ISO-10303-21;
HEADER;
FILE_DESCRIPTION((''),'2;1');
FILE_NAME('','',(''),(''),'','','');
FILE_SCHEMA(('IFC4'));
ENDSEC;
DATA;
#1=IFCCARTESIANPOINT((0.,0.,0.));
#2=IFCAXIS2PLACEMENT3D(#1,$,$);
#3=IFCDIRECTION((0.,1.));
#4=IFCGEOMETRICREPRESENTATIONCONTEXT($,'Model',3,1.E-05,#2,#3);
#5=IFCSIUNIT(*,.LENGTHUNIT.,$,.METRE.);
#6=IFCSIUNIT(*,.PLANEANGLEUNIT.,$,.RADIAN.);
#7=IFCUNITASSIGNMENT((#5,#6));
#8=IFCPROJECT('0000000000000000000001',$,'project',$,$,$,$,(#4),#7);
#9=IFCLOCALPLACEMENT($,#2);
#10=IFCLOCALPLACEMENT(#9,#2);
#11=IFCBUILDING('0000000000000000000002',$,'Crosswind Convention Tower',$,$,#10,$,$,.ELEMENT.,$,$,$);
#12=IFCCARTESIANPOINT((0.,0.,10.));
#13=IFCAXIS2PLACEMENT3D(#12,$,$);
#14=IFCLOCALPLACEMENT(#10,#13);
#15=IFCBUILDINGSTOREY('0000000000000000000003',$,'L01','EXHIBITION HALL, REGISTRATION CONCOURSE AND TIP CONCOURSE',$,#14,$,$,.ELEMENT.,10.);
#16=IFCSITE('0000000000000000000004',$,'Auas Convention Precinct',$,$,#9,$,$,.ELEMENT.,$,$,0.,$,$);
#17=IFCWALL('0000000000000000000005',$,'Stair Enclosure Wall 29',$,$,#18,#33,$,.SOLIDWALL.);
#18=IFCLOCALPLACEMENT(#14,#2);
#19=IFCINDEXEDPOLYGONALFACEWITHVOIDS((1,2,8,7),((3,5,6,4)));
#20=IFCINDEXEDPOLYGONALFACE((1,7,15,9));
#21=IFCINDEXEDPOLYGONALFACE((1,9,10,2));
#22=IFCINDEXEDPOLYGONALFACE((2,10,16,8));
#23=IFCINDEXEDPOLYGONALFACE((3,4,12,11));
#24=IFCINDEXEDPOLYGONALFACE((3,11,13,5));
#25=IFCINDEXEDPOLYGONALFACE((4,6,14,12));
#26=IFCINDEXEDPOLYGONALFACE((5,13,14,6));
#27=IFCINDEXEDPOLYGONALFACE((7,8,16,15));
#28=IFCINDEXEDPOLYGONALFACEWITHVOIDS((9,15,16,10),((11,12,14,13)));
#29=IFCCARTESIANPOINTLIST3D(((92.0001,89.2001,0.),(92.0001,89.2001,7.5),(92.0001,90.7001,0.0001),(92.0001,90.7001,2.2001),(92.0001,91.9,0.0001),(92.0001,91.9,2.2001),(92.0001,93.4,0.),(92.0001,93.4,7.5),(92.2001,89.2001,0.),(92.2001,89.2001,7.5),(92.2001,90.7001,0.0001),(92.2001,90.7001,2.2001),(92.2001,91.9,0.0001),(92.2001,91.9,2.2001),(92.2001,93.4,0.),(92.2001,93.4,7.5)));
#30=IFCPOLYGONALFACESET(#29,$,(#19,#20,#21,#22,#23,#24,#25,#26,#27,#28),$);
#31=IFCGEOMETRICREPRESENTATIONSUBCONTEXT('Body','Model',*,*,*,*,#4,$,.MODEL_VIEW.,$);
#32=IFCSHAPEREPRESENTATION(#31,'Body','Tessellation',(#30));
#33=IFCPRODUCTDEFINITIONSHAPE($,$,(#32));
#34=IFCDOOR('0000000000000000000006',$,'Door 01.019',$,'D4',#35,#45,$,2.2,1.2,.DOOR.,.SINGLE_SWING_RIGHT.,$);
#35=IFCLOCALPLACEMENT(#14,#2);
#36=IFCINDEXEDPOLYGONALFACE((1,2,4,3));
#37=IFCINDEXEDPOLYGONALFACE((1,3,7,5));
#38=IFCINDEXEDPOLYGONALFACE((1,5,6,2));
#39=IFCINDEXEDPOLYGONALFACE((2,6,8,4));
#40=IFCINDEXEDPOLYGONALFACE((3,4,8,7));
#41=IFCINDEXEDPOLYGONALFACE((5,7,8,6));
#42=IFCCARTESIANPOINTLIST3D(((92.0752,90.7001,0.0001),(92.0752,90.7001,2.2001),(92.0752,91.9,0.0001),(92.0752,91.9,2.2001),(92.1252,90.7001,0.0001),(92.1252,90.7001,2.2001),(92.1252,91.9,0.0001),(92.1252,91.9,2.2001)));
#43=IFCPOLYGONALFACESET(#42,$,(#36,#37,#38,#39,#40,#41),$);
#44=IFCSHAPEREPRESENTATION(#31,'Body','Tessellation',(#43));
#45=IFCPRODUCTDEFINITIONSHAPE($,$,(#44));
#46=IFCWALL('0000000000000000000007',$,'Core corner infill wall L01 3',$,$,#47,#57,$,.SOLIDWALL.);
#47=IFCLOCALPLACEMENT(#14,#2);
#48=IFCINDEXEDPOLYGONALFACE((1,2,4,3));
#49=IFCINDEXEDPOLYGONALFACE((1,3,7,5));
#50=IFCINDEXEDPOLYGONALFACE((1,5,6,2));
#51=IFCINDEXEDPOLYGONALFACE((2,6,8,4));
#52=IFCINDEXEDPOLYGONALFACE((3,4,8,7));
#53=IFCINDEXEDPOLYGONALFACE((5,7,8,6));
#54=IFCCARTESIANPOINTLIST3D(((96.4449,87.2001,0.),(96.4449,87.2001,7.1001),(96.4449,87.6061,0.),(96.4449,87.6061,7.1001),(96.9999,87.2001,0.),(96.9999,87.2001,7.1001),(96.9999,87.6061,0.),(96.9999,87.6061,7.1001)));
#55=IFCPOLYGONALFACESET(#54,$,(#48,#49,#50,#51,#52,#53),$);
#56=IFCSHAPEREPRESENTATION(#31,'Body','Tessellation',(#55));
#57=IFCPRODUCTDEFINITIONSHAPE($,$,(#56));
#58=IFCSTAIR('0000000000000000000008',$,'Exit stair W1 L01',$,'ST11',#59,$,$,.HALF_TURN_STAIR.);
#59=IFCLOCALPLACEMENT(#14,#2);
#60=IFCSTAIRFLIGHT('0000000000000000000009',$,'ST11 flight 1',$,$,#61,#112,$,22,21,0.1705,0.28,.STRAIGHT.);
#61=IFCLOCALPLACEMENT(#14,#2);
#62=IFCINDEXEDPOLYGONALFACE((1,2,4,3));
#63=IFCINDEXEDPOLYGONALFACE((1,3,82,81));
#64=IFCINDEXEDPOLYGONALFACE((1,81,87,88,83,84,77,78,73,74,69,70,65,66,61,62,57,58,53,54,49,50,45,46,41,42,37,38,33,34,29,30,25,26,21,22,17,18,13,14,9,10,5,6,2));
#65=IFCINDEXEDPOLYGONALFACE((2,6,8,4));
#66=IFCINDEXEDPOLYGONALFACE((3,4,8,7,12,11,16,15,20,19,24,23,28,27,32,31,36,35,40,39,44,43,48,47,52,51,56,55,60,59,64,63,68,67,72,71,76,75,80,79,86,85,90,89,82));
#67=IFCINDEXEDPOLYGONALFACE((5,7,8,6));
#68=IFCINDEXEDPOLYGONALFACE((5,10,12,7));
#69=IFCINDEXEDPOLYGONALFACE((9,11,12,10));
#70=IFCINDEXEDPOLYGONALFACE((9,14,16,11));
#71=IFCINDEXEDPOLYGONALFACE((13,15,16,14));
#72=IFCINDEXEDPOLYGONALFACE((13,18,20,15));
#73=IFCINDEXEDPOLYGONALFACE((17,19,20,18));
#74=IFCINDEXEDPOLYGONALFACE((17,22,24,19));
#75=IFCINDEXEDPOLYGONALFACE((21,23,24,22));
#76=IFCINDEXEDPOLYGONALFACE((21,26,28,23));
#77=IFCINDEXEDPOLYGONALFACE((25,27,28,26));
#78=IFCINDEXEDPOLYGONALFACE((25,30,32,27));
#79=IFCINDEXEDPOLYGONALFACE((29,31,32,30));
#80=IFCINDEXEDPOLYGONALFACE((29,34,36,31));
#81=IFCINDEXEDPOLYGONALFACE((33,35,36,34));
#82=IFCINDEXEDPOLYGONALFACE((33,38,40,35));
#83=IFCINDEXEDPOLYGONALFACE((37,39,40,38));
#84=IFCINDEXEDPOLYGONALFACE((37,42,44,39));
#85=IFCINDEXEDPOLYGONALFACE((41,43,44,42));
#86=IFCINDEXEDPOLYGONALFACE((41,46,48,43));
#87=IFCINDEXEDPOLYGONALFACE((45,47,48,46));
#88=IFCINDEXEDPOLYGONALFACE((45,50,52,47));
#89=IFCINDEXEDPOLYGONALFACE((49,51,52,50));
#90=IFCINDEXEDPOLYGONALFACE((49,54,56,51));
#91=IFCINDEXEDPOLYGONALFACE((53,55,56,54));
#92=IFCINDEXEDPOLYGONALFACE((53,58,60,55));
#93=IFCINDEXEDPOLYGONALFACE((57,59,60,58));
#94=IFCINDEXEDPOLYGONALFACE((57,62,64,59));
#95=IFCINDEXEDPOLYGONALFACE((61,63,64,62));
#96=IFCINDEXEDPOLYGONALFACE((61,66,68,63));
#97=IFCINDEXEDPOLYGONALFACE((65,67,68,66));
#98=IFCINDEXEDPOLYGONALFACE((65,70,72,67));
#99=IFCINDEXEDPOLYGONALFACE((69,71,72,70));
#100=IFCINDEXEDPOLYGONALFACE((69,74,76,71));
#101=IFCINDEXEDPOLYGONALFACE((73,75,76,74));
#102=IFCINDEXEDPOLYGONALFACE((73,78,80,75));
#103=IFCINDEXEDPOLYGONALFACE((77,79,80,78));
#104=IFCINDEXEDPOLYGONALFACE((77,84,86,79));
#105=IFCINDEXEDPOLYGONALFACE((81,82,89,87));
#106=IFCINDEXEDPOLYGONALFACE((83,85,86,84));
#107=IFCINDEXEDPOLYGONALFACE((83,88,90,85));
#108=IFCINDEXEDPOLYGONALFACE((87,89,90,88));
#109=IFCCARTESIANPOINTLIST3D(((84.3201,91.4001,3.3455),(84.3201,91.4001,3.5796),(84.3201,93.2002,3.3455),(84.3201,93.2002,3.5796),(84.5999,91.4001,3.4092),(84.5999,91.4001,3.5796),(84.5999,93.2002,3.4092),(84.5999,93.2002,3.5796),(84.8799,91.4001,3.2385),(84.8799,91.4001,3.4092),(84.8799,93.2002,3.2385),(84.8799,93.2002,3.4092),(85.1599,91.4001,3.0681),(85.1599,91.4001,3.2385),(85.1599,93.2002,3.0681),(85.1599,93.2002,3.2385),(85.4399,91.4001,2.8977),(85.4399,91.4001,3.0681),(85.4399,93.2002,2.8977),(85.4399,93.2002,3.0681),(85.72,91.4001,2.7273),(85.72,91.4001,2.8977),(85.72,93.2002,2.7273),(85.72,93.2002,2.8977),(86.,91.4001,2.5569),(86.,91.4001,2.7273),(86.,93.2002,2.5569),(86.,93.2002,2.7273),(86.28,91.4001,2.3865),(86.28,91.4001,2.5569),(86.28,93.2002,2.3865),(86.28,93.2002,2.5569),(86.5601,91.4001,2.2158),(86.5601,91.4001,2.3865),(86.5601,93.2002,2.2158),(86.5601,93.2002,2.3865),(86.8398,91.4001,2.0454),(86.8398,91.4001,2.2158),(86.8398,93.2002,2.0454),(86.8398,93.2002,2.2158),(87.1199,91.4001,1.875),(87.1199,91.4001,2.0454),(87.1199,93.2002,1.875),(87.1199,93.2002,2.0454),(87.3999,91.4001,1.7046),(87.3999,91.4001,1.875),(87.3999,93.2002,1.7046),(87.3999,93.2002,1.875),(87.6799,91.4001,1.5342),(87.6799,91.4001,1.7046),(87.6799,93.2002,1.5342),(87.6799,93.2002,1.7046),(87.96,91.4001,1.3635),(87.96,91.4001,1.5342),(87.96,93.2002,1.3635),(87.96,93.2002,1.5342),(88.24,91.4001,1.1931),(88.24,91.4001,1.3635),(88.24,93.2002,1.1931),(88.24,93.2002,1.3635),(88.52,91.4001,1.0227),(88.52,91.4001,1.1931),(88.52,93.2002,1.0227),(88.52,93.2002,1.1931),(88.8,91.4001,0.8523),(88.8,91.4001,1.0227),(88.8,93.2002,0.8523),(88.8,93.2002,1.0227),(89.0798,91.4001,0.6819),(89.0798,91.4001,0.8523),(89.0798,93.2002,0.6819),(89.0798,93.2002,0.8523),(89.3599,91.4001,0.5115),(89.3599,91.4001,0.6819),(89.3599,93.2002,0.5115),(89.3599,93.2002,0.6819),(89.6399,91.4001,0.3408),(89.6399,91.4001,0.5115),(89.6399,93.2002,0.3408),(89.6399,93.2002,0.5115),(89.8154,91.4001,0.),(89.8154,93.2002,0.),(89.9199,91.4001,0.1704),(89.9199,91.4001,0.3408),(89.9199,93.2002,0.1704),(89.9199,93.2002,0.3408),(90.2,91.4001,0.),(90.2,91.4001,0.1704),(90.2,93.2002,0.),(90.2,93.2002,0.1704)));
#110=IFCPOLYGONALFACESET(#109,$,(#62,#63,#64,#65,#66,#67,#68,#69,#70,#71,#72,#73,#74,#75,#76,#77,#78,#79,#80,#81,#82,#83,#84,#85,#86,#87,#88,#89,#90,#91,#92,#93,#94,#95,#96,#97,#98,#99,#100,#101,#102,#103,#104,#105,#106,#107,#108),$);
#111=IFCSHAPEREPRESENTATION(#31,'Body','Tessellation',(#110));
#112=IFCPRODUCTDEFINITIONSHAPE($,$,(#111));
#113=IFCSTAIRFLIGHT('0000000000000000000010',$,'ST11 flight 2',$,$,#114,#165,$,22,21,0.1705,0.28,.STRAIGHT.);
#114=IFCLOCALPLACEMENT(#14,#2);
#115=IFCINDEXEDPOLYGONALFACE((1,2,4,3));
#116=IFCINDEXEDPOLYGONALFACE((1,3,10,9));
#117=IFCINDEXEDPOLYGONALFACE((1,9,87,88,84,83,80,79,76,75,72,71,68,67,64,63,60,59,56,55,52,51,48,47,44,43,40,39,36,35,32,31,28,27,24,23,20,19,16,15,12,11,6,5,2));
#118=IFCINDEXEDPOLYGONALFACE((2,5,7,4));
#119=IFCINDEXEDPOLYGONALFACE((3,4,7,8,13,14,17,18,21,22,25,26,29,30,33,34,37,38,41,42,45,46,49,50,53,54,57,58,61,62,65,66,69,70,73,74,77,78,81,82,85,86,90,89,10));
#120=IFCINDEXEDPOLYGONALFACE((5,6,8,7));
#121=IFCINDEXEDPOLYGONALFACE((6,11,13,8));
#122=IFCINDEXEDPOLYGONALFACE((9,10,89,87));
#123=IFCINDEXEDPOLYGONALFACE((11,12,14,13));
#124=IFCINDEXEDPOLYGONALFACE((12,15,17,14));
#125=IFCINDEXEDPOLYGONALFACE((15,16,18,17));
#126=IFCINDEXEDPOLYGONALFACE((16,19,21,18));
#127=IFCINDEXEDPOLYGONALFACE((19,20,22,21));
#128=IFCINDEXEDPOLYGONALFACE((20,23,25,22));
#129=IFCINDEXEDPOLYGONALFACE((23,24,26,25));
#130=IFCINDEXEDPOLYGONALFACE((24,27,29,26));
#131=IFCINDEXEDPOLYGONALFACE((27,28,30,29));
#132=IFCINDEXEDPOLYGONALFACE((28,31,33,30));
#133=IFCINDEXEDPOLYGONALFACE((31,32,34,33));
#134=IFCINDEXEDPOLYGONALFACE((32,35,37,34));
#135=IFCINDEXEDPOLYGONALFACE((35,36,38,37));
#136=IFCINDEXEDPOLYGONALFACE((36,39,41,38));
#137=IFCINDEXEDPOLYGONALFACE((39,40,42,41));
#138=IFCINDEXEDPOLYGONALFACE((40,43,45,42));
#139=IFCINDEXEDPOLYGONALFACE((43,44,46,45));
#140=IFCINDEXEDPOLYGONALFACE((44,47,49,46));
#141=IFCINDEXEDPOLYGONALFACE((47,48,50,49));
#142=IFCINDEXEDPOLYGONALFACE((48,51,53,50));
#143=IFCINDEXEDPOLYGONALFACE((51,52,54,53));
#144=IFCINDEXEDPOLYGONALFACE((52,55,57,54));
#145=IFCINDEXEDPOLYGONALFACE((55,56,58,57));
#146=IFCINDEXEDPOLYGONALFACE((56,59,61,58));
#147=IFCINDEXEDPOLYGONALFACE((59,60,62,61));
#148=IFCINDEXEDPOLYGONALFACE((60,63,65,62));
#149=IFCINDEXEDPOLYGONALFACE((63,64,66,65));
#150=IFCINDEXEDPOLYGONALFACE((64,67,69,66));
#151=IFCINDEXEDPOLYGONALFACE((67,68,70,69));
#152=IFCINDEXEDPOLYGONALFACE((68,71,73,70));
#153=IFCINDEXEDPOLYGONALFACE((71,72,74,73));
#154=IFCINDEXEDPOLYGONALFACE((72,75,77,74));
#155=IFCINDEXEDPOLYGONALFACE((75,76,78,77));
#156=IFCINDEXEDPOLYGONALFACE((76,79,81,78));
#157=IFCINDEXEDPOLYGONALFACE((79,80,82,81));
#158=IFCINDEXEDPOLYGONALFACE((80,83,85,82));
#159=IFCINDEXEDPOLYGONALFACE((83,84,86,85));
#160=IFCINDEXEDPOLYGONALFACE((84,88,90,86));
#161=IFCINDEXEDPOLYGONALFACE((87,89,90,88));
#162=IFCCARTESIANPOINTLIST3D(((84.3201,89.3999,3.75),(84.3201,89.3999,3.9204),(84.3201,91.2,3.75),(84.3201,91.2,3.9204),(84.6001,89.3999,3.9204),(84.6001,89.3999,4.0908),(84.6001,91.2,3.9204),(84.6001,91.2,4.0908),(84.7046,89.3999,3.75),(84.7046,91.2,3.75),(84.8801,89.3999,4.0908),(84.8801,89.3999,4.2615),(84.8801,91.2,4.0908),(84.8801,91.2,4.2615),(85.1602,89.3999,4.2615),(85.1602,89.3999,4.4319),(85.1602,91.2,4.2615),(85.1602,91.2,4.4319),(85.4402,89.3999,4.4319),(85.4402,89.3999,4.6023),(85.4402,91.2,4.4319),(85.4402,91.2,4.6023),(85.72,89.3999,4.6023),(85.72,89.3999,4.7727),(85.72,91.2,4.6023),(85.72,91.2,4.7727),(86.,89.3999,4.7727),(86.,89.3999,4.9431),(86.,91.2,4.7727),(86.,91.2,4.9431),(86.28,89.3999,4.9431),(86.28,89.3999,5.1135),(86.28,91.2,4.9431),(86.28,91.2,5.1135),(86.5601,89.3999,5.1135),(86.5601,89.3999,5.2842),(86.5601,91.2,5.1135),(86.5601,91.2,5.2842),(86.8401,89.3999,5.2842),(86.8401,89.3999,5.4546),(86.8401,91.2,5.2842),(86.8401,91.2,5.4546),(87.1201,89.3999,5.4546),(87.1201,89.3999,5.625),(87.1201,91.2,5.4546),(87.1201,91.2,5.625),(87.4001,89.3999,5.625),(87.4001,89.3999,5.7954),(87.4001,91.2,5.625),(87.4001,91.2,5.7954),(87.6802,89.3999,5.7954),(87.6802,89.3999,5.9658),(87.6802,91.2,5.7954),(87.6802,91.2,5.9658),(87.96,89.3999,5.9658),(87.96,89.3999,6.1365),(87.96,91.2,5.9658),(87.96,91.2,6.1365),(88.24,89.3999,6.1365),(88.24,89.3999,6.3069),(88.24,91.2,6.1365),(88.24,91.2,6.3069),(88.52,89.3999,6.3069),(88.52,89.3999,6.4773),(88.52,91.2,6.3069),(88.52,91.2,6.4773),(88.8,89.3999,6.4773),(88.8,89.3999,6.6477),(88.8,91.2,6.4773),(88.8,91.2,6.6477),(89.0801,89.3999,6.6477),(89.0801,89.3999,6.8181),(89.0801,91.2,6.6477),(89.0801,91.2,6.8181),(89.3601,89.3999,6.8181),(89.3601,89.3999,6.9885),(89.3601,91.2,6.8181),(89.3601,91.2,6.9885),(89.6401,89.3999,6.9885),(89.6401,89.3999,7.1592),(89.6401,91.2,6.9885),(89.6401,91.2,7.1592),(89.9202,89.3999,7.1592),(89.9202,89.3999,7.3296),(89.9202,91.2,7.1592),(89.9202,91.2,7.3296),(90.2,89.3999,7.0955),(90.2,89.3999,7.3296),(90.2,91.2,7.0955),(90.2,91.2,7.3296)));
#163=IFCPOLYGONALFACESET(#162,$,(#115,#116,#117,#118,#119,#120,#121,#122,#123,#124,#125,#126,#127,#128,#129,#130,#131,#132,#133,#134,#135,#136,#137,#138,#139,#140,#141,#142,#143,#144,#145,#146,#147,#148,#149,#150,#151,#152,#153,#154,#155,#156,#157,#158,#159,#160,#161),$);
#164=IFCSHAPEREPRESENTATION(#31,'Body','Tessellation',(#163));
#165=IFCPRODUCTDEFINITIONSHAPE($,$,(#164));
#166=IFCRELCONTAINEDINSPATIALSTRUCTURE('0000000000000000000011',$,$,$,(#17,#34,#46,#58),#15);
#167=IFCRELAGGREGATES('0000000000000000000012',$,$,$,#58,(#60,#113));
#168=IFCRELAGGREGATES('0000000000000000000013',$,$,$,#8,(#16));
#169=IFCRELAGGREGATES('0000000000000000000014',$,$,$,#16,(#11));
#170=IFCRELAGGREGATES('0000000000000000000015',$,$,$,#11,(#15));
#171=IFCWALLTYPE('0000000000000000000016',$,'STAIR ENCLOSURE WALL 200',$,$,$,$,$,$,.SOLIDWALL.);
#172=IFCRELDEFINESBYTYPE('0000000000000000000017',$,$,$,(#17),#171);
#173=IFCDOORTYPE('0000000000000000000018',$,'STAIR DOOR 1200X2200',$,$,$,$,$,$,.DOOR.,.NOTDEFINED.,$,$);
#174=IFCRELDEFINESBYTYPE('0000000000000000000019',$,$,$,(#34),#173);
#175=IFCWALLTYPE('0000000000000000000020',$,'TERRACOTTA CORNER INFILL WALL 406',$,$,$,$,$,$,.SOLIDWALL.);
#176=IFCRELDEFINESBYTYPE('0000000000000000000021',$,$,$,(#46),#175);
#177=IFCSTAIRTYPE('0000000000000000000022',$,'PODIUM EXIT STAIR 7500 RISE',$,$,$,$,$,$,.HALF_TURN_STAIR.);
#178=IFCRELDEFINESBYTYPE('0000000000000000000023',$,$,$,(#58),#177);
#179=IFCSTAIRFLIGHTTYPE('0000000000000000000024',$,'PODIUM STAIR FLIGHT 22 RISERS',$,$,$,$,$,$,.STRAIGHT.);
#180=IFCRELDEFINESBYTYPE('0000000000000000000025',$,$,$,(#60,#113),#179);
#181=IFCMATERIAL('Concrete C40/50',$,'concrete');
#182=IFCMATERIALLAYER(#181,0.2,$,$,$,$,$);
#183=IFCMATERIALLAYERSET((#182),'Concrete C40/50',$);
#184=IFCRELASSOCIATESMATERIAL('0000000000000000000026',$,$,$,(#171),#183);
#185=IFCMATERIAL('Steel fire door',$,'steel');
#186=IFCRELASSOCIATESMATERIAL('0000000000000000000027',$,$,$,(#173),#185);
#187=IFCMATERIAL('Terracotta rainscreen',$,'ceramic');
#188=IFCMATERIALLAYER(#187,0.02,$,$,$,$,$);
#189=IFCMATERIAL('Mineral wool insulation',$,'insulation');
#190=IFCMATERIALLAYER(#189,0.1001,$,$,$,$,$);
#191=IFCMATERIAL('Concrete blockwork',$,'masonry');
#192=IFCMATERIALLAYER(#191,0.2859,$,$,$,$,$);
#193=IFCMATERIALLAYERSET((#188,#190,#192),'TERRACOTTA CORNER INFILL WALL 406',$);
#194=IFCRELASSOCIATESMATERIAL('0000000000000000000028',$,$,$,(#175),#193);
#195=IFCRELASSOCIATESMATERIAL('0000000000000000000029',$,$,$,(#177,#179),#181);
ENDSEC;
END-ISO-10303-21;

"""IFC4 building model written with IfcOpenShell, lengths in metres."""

from ifc_helpers import new_model, si_unit, direction, frame, frame_2d, origin, place, context, subcontext, project, spatial, polyline, rectangle, outline, extrude, material, layer, layer_set, type_object, element, fill, aggregate, save


model = new_model("IFC4")

# Units and contexts
model_context = context("Model", 3, precision=1e-05, world=origin(), true_north=direction((0.0, 1.0)))
body_context = subcontext(model_context, "Body", "Model", "MODEL_VIEW")
ifc_project = project(units=[si_unit("LENGTHUNIT", "METRE"), si_unit("PLANEANGLEUNIT", "RADIAN")], contexts=[model_context])

# Site, building, storey
site_placement = place(None, origin())
site = spatial("IfcSite", under=ifc_project, at=site_placement, Name="Auas Convention Precinct", CompositionType="ELEMENT", RefElevation=0.0)
building_placement = place(site_placement, origin())
building = spatial("IfcBuilding", under=site, at=building_placement, Name="Crosswind Convention Tower", CompositionType="ELEMENT")
storey_placement = place(building_placement, frame((0.0, 0.0, 10.0)))
storey = spatial("IfcBuildingStorey", under=building, at=storey_placement, Name="L01", Description="EXHIBITION HALL, REGISTRATION CONCOURSE AND TIP CONCOURSE", CompositionType="ELEMENT", Elevation=10.0)

# Shared definitions
ifc_material_1 = material(Name="Concrete C40/50", Category="concrete")
ifc_layer_1 = layer(ifc_material_1, 0.2)
ifc_layer_set_1 = layer_set([ifc_layer_1], Name="Concrete C40/50")
wall_type_1 = type_object("IfcWallType", Name="STAIR ENCLOSURE WALL 200", PredefinedType="SOLIDWALL", material=ifc_layer_set_1)

# Wall, opening, door
wall_1_placement = place(storey_placement, frame((92.1001, 89.2, 0.0), z_axis=(0.0, 0.0, 1.0), x_axis=(0.0, 1.0, 0.0)))
wall_1 = element("IfcWall", 1, at=wall_1_placement, inside=storey, type_object=wall_type_1, Name="Stair Enclosure Wall 29", PredefinedType="SOLIDWALL", context=body_context, shape_type="SweptSolid", body=[
    extrude(rectangle(XDim=4.2, YDim=0.2, at=frame_2d((2.1001, 0.0))), origin(), (0.0, 0.0, 1.0), 7.5),
])
opening_1_placement = place(wall_1_placement, frame((1.5, 0.0, 0.0)))
opening_1 = element("IfcOpeningElement", 2, at=opening_1_placement, cuts=wall_1, PredefinedType="OPENING", context=body_context, shape_type="SweptSolid", body=[
    extrude(rectangle(XDim=1.2, YDim=2.2, at=frame_2d((0.6001, 1.1001))), frame((0.0, 0.1099, 0.0), z_axis=(0.0, -1.0, 0.0), x_axis=(1.0, 0.0, 0.0)), (0.0, 0.0, 1.0), 0.22),
])
ifc_material_2 = material(Name="Steel fire door", Category="steel")
door_type_1 = type_object("IfcDoorType", Name="STAIR DOOR 1200X2200", OperationType="NOTDEFINED", PredefinedType="DOOR", material=ifc_material_2)
door_1_placement = place(opening_1_placement, origin())
door_1 = element("IfcDoor", 3, at=door_1_placement, inside=storey, type_object=door_type_1, Name="Door 01.019", ObjectType="D4", OperationType="SINGLE_SWING_RIGHT", OverallHeight=2.2, OverallWidth=1.2, PredefinedType="DOOR", context=body_context, shape_type="SweptSolid", body=[
    extrude(rectangle(XDim=1.2, YDim=2.2, at=frame_2d((0.6001, 1.1001))), frame((0.0, 0.0249, 0.0), z_axis=(0.0, -1.0, 0.0), x_axis=(1.0, 0.0, 0.0)), (0.0, 0.0, 1.0), 0.05),
])
fill(opening_1, door_1)

# Wall
ifc_material_3 = material(Name="Terracotta rainscreen", Category="ceramic")
ifc_layer_2 = layer(ifc_material_3, 0.02)
ifc_material_4 = material(Name="Mineral wool insulation", Category="insulation")
ifc_layer_3 = layer(ifc_material_4, 0.1001)
ifc_material_5 = material(Name="Concrete blockwork", Category="masonry")
ifc_layer_4 = layer(ifc_material_5, 0.2859)
ifc_layer_set_2 = layer_set([ifc_layer_2, ifc_layer_3, ifc_layer_4], Name="TERRACOTTA CORNER INFILL WALL 406")
wall_type_2 = type_object("IfcWallType", Name="TERRACOTTA CORNER INFILL WALL 406", PredefinedType="SOLIDWALL", material=ifc_layer_set_2)
wall_2_placement = place(storey_placement, frame((96.4451, 87.4031, 0.0), z_axis=(0.0, 0.0, 1.0), x_axis=(1.0, 0.0, 0.0)))
element("IfcWall", 4, at=wall_2_placement, inside=storey, type_object=wall_type_2, Name="Core corner infill wall L01 3", PredefinedType="SOLIDWALL", context=body_context, shape_type="SweptSolid", body=[
    extrude(rectangle(XDim=0.5549, YDim=0.406, at=frame_2d((0.2773, 0.0))), origin(), (0.0, 0.0, 1.0), 7.1001),
])

# Stair, stair flights
stair_type = type_object("IfcStairType", Name="PODIUM EXIT STAIR 7500 RISE", PredefinedType="HALF_TURN_STAIR", material=ifc_material_1)
stair_placement = place(storey_placement, origin())
stair = element("IfcStair", 5, at=stair_placement, inside=storey, type_object=stair_type, Name="Exit stair W1 L01", ObjectType="ST11", PredefinedType="HALF_TURN_STAIR")
stair_flight_type = type_object("IfcStairFlightType", Name="PODIUM STAIR FLIGHT 22 RISERS", PredefinedType="STRAIGHT", material=ifc_material_1)
stair_flight_1_placement = place(storey_placement, frame((90.2, 92.3, 0.0), z_axis=(0.0, 0.0, 1.0), x_axis=(-1.0, 0.0, 0.0)))
stair_flight_1 = element("IfcStairFlight", 6, at=stair_flight_1_placement, type_object=stair_flight_type, Name="ST11 flight 1", NumberOfRisers=22, NumberOfTreads=21, PredefinedType="STRAIGHT", RiserHeight=0.1705, TreadLength=0.28, context=body_context, shape_type="SweptSolid", body=[
    extrude(outline(polyline([(0.0, 0.0), (0.0, 0.1704), (0.28, 0.1704), (0.28, 0.3408), (0.5601, 0.3408), (0.5601, 0.5115), (0.8401, 0.5115), (0.8401, 0.6819), (1.1201, 0.6819), (1.1201, 0.8523), (1.3999, 0.8523), (1.3999, 1.0227), (1.6799, 1.0227), (1.6799, 1.1931), (1.96, 1.1931), (1.96, 1.3635), (2.24, 1.3635), (2.24, 1.5342), (2.52, 1.5342), (2.52, 1.7046), (2.8, 1.7046), (2.8, 1.875), (3.0801, 1.875), (3.0801, 2.0454), (3.3601, 2.0454), (3.3601, 2.2158), (3.6399, 2.2158), (3.6399, 2.3865), (3.9199, 2.3865), (3.9199, 2.5569), (4.2, 2.5569), (4.2, 2.7273), (4.48, 2.7273), (4.48, 2.8977), (4.76, 2.8977), (4.76, 3.0681), (5.04, 3.0681), (5.04, 3.2385), (5.3201, 3.2385), (5.3201, 3.4092), (5.6001, 3.4092), (5.6001, 3.5796), (5.8799, 3.5796), (5.8799, 3.75), (5.8799, 3.3455), (0.3845, 0.0), (0.0, 0.0)])), frame((0.0, 0.8999, 0.0), z_axis=(0.0, -1.0, 0.0), x_axis=(1.0, 0.0, 0.0)), (0.0, 0.0, 1.0), 1.8),
])
stair_flight_2_placement = place(storey_placement, frame((84.3201, 90.3, 3.75), z_axis=(0.0, 0.0, 1.0), x_axis=(1.0, 0.0, 0.0)))
stair_flight_2 = element("IfcStairFlight", 7, at=stair_flight_2_placement, type_object=stair_flight_type, Name="ST11 flight 2", NumberOfRisers=22, NumberOfTreads=21, PredefinedType="STRAIGHT", RiserHeight=0.1705, TreadLength=0.28, context=body_context, shape_type="SweptSolid", body=[
    extrude(outline(polyline([(0.0, 0.0), (0.0, 0.1704), (0.28, 0.1704), (0.28, 0.3408), (0.5601, 0.3408), (0.5601, 0.5115), (0.8401, 0.5115), (0.8401, 0.6819), (1.1201, 0.6819), (1.1201, 0.8523), (1.3999, 0.8523), (1.3999, 1.0227), (1.6799, 1.0227), (1.6799, 1.1931), (1.96, 1.1931), (1.96, 1.3635), (2.24, 1.3635), (2.24, 1.5342), (2.52, 1.5342), (2.52, 1.7046), (2.8, 1.7046), (2.8, 1.875), (3.0801, 1.875), (3.0801, 2.0454), (3.3601, 2.0454), (3.3601, 2.2158), (3.6399, 2.2158), (3.6399, 2.3865), (3.9199, 2.3865), (3.9199, 2.5569), (4.2, 2.5569), (4.2, 2.7273), (4.48, 2.7273), (4.48, 2.8977), (4.76, 2.8977), (4.76, 3.0681), (5.04, 3.0681), (5.04, 3.2385), (5.3201, 3.2385), (5.3201, 3.4092), (5.6001, 3.4092), (5.6001, 3.5796), (5.8799, 3.5796), (5.8799, 3.75), (5.8799, 3.3455), (0.3845, 0.0), (0.0, 0.0)])), frame((0.0, 0.8999, 0.0), z_axis=(0.0, -1.0, 0.0), x_axis=(1.0, 0.0, 0.0)), (0.0, 0.0, 1.0), 1.8),
])
aggregate(stair, [stair_flight_1, stair_flight_2])

save(model, "model.ifc")
